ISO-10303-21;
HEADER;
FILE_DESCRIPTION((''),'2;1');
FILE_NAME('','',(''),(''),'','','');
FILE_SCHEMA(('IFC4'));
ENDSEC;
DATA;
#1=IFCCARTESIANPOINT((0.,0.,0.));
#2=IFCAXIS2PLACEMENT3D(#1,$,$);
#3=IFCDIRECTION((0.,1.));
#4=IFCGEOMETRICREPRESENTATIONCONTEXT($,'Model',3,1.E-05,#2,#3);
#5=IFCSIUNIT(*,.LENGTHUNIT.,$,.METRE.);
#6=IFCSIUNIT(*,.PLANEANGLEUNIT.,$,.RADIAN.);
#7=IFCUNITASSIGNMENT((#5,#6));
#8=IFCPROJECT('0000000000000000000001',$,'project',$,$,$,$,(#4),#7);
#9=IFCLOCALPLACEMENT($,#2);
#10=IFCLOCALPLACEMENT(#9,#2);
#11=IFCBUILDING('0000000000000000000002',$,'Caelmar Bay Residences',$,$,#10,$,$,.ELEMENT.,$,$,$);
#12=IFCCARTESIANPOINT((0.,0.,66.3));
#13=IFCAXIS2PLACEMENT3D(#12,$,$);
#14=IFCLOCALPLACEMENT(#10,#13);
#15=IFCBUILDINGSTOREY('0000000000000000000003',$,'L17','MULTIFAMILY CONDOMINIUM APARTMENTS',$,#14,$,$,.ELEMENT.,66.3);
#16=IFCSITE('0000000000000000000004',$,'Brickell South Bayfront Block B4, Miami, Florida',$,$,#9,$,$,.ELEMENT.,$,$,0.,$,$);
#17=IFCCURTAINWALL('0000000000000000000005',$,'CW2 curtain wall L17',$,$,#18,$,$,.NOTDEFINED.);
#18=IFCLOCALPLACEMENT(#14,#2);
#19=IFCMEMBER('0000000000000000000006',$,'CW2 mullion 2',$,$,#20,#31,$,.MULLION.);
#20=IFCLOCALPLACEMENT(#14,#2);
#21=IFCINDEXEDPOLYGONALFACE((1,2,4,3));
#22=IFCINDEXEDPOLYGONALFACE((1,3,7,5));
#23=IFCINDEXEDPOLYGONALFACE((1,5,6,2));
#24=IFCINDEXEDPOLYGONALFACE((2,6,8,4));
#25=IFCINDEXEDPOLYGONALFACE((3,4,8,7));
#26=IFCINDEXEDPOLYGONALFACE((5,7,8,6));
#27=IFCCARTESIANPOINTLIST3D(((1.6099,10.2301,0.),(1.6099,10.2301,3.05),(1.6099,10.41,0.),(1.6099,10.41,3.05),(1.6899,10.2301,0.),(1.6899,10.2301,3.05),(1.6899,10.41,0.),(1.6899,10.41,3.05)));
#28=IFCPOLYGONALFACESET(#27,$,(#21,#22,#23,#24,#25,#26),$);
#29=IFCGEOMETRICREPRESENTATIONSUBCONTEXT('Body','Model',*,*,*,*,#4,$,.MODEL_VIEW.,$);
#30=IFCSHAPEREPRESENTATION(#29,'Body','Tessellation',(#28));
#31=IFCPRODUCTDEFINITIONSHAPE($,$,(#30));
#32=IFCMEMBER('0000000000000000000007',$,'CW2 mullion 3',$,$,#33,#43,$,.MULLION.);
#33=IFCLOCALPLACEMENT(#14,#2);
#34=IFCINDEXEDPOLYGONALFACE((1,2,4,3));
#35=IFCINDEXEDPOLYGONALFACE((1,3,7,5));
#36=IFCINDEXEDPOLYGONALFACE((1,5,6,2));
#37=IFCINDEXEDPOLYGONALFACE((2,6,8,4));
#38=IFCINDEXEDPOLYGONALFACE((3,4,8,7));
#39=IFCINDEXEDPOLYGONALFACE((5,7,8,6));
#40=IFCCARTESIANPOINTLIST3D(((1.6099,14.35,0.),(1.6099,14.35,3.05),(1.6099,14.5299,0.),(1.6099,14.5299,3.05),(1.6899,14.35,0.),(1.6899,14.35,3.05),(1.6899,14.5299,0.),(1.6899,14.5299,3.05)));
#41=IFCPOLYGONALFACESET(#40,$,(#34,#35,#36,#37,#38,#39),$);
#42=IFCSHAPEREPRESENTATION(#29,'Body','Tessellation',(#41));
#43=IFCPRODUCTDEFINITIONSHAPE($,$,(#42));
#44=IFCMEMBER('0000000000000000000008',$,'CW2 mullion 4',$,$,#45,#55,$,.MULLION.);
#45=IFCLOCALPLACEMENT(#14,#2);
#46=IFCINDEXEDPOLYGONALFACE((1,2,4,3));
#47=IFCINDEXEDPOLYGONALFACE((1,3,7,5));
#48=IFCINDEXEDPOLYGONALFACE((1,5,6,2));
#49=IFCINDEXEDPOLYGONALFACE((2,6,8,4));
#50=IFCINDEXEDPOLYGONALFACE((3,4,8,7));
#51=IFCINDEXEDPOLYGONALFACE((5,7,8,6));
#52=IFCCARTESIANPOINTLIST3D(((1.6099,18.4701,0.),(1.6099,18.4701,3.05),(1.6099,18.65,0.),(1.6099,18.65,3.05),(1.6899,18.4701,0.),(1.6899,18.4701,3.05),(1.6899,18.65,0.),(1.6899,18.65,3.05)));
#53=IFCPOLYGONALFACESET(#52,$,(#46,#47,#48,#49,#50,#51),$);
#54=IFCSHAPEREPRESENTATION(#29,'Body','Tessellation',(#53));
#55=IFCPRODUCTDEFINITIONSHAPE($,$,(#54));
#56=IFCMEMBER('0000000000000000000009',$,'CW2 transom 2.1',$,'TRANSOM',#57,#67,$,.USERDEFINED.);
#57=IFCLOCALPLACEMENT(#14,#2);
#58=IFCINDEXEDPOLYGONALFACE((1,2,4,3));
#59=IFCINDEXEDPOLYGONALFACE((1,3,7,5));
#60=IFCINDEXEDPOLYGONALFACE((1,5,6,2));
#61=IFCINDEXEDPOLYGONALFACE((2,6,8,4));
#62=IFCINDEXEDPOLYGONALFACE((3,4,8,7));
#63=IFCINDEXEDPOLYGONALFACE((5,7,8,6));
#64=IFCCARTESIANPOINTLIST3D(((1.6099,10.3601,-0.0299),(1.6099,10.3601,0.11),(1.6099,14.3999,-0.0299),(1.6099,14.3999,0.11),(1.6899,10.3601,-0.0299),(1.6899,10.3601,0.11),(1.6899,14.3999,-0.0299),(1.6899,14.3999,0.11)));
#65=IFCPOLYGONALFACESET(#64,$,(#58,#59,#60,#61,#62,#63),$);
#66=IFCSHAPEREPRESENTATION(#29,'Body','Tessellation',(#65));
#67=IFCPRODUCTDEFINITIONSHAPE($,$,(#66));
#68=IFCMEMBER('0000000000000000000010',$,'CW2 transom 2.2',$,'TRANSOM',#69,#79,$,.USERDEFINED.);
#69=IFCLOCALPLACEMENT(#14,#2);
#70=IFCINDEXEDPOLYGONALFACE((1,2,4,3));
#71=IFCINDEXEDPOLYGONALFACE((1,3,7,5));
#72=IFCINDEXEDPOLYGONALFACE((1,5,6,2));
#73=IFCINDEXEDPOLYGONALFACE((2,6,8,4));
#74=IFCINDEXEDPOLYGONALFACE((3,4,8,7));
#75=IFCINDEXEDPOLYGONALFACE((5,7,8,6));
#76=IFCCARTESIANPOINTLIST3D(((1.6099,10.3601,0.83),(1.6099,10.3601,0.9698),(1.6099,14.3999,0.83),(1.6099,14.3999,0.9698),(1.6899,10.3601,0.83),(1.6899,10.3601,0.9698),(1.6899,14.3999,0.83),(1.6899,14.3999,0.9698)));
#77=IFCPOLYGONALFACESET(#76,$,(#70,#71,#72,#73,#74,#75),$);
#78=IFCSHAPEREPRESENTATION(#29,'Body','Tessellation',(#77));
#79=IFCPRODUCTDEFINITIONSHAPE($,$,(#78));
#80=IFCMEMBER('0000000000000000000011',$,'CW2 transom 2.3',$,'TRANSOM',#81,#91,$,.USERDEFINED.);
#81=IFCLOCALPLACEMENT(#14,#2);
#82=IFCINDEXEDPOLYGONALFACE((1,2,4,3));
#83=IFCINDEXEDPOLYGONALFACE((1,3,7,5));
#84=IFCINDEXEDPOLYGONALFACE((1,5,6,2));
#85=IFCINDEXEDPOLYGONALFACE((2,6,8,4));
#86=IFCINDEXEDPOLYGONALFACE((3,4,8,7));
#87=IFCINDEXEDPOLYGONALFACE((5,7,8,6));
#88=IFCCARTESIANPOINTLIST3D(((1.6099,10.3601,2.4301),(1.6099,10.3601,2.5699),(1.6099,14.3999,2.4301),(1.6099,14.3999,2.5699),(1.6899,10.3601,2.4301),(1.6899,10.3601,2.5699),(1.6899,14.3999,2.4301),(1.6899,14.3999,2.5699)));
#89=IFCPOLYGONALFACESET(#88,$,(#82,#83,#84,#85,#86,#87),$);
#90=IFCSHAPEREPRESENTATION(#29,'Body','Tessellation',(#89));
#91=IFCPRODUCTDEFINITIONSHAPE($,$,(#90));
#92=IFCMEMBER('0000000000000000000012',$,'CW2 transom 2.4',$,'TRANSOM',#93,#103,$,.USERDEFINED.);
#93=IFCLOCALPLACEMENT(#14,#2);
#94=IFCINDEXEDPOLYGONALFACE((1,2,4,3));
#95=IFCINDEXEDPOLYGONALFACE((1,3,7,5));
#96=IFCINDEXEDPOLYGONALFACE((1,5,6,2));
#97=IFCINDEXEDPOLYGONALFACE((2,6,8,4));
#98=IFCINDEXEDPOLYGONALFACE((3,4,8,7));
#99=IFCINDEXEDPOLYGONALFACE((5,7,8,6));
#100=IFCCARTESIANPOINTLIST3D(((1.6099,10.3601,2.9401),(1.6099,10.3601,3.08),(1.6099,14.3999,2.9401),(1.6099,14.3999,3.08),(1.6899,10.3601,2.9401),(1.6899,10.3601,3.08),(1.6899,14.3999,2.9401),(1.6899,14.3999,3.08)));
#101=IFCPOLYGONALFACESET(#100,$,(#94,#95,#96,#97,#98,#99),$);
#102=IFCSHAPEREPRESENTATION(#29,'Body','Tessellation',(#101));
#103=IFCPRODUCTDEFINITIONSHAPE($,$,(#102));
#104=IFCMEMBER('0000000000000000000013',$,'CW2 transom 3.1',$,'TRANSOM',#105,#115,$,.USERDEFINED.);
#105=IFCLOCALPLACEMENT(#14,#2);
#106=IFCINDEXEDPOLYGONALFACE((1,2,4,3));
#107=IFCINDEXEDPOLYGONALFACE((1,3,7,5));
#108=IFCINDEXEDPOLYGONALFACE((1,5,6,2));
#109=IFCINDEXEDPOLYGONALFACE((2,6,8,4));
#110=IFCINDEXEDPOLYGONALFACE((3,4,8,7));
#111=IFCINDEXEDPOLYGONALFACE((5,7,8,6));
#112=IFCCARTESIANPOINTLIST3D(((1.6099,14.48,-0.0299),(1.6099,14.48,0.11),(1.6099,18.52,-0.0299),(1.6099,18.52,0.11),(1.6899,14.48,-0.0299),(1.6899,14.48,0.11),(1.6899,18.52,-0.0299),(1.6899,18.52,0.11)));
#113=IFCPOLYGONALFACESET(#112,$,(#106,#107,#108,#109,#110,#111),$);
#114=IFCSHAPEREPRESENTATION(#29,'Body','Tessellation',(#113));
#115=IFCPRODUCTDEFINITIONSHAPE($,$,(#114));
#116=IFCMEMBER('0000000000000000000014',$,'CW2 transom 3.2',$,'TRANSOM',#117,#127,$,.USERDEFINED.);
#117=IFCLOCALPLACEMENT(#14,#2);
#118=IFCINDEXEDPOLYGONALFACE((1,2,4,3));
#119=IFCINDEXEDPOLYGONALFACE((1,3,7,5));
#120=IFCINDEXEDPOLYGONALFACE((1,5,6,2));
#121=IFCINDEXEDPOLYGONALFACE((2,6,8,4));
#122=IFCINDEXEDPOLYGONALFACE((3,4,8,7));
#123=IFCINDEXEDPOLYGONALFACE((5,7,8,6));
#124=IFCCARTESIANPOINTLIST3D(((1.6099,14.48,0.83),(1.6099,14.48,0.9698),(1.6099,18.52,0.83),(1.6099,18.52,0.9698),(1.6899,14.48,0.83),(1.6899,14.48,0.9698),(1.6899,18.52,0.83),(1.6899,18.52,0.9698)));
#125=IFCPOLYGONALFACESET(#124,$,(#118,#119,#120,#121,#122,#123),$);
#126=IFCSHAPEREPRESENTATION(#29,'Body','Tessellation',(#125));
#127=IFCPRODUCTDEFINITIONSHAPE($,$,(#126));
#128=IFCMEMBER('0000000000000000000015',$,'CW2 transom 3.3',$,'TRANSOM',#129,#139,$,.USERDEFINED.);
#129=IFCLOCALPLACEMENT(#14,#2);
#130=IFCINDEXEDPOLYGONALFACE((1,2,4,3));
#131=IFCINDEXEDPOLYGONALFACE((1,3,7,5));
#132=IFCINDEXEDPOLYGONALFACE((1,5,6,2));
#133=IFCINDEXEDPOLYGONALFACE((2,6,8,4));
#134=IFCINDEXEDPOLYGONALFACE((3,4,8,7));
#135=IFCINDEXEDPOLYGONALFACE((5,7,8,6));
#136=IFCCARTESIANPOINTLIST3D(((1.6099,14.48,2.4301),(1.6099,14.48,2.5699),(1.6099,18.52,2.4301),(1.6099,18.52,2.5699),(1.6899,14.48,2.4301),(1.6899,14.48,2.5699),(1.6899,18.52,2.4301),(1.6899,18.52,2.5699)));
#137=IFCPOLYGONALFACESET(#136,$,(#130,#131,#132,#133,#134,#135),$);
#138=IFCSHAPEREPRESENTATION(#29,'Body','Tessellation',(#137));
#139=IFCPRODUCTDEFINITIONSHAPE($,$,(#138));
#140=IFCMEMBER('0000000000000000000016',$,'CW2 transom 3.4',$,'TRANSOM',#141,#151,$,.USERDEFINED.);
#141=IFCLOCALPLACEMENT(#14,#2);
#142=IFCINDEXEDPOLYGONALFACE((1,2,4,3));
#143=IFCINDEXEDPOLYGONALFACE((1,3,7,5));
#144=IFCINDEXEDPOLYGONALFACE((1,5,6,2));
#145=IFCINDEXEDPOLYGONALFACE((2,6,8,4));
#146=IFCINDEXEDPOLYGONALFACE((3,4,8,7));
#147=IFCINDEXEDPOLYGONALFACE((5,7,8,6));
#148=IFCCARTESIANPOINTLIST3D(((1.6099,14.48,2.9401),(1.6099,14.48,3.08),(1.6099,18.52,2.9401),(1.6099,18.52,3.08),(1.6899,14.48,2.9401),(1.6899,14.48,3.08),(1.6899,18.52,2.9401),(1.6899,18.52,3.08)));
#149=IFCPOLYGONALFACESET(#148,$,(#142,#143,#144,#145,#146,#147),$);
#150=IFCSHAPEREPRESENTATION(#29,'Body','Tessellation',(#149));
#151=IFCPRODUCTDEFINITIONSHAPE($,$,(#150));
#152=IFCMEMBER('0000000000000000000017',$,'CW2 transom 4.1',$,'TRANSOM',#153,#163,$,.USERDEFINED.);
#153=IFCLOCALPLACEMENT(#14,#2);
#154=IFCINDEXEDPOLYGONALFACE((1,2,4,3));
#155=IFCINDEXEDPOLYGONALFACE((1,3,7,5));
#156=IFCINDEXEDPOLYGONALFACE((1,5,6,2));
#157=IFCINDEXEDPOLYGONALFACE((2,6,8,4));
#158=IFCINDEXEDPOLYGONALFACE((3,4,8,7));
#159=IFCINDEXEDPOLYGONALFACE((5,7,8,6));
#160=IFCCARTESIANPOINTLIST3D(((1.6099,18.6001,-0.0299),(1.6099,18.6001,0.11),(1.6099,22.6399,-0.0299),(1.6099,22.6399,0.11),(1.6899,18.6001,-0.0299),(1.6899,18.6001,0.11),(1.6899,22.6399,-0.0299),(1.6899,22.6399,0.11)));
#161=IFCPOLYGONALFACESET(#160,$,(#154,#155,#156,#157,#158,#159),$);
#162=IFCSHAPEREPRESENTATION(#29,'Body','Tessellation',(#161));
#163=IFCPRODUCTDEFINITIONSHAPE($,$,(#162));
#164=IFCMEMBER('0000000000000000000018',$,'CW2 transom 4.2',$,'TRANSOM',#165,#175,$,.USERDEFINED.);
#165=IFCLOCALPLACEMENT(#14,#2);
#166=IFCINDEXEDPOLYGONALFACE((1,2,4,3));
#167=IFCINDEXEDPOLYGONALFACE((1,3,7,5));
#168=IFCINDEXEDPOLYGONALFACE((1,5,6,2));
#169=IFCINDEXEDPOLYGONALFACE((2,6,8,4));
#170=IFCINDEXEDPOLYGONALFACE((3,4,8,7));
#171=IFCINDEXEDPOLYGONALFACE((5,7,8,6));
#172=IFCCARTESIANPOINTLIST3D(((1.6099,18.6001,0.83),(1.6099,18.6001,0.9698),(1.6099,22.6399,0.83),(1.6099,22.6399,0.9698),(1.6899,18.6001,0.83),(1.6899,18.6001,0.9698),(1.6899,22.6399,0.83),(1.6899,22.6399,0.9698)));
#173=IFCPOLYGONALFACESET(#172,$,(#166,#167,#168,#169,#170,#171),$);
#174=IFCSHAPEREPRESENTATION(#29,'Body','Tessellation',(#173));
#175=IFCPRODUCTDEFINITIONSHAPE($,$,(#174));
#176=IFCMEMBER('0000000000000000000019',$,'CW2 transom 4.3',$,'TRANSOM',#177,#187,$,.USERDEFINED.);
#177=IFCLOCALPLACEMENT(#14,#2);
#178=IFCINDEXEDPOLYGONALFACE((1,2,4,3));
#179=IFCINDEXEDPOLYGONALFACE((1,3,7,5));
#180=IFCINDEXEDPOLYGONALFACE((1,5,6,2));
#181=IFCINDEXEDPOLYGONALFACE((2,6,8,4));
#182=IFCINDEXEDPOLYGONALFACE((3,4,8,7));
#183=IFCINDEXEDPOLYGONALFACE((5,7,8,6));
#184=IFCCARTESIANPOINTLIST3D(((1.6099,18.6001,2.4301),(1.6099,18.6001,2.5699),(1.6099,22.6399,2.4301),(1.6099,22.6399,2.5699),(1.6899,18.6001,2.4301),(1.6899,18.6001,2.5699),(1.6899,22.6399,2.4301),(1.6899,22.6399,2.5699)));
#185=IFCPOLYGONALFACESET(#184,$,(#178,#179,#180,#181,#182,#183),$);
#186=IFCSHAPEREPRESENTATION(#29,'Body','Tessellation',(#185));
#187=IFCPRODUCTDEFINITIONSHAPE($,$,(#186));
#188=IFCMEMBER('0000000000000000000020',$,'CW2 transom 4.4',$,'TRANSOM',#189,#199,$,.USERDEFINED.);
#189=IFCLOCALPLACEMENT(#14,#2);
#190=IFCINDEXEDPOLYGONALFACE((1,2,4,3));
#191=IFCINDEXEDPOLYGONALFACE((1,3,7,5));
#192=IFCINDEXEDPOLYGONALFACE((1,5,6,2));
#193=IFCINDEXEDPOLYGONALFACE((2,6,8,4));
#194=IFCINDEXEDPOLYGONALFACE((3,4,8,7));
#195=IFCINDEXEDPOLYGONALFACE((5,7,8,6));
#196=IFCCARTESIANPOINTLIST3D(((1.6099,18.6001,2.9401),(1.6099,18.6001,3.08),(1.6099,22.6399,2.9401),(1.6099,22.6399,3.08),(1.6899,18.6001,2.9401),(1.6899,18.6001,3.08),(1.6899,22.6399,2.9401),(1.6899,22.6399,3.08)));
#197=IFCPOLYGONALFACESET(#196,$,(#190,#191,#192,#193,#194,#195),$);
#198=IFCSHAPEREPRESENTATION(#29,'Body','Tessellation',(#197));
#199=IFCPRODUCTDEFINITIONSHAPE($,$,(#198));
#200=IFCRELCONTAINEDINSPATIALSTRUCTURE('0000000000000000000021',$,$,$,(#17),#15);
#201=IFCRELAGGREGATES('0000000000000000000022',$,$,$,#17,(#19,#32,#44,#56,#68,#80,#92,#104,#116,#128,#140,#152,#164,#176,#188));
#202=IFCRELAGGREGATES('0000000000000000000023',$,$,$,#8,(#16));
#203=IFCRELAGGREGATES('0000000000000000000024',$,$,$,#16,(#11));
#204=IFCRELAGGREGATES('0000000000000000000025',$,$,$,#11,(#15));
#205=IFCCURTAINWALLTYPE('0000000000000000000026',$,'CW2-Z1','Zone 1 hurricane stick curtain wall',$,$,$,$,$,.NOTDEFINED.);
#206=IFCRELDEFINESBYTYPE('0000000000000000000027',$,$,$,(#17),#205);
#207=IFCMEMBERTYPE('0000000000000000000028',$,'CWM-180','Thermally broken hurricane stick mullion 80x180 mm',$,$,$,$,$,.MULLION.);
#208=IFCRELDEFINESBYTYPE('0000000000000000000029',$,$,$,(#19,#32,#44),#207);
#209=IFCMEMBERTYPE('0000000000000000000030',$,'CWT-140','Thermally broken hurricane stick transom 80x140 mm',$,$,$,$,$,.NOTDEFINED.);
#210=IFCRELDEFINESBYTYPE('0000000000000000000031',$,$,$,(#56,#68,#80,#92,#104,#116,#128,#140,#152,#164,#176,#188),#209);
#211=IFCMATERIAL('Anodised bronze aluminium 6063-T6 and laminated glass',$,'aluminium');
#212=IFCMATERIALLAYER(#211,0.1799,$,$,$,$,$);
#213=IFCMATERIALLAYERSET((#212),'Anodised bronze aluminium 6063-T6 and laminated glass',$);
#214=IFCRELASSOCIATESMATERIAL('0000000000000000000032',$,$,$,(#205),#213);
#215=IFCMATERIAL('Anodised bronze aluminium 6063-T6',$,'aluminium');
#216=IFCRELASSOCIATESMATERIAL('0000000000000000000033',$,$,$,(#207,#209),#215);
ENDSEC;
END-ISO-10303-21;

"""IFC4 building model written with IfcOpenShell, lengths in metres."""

from ifc_helpers import new_model, si_unit, direction, frame, origin, origin_2d, place, context, subcontext, project, spatial, rectangle, extrude, material, layer, layer_set, material_profile, profile_set, type_object, element, aggregate, save


model = new_model("IFC4")

# Units and contexts
model_context = context("Model", 3, precision=1e-05, world=origin(), true_north=direction((0.0, 1.0)))
body_context = subcontext(model_context, "Body", "Model", "MODEL_VIEW")
ifc_project = project(units=[si_unit("LENGTHUNIT", "METRE"), si_unit("PLANEANGLEUNIT", "RADIAN")], contexts=[model_context])

# Site, building, storey
site_placement = place(None, origin())
site = spatial("IfcSite", under=ifc_project, at=site_placement, Name="Brickell South Bayfront Block B4, Miami, Florida", CompositionType="ELEMENT", RefElevation=0.0)
building_placement = place(site_placement, origin())
building = spatial("IfcBuilding", under=site, at=building_placement, Name="Caelmar Bay Residences", CompositionType="ELEMENT")
storey_placement = place(building_placement, frame((0.0, 0.0, 66.3)))
storey = spatial("IfcBuildingStorey", under=building, at=storey_placement, Name="L17", Description="MULTIFAMILY CONDOMINIUM APARTMENTS", CompositionType="ELEMENT", Elevation=66.3)

# Curtain wall, members
ifc_material_1 = material(Name="Anodised bronze aluminium 6063-T6 and laminated glass", Category="aluminium")
ifc_layer_1 = layer(ifc_material_1, 0.1799)
ifc_layer_set_1 = layer_set([ifc_layer_1], Name="Anodised bronze aluminium 6063-T6 and laminated glass")
curtain_wall_type = type_object("IfcCurtainWallType", Name="CW2-Z1", Description="Zone 1 hurricane stick curtain wall", PredefinedType="NOTDEFINED", material=ifc_layer_set_1)
curtain_wall_placement = place(storey_placement, origin())
curtain_wall = element("IfcCurtainWall", 1, at=curtain_wall_placement, inside=storey, type_object=curtain_wall_type, Name="CW2 curtain wall L17", PredefinedType="NOTDEFINED")
ifc_material_2 = material(Name="Anodised bronze aluminium 6063-T6", Category="aluminium")
ifc_material_profile_1 = material_profile(ifc_material_2, rectangle(XDim=0.0801, YDim=0.1799, at=origin_2d()), Name="CWM-80X180")
ifc_profile_set_1 = profile_set([ifc_material_profile_1], Name="Anodised bronze aluminium 6063-T6")
member_type_1 = type_object("IfcMemberType", Name="CWM-180", Description="Thermally broken hurricane stick mullion 80x180 mm", PredefinedType="MULLION", material=ifc_profile_set_1)
member_1_placement = place(storey_placement, frame((1.6499, 10.3201, 0.0), z_axis=(0.0, 0.0, 1.0), x_axis=(-1.0, 0.0, 0.0)))
member_1 = element("IfcMember", 2, at=member_1_placement, type_object=member_type_1, Name="CW2 mullion 2", PredefinedType="MULLION", context=body_context, shape_type="SweptSolid", body=[
    extrude(rectangle(XDim=0.0801, YDim=0.1799, at=origin_2d()), origin(), (0.0, 0.0, 1.0), 3.05),
])
member_2_placement = place(storey_placement, frame((1.6499, 14.4399, 0.0), z_axis=(0.0, 0.0, 1.0), x_axis=(-1.0, 0.0, 0.0)))
member_2 = element("IfcMember", 3, at=member_2_placement, type_object=member_type_1, Name="CW2 mullion 3", PredefinedType="MULLION", context=body_context, shape_type="SweptSolid", body=[
    extrude(rectangle(XDim=0.0801, YDim=0.1799, at=origin_2d()), origin(), (0.0, 0.0, 1.0), 3.05),
])
member_3_placement = place(storey_placement, frame((1.6499, 18.5601, 0.0), z_axis=(0.0, 0.0, 1.0), x_axis=(-1.0, 0.0, 0.0)))
member_3 = element("IfcMember", 4, at=member_3_placement, type_object=member_type_1, Name="CW2 mullion 4", PredefinedType="MULLION", context=body_context, shape_type="SweptSolid", body=[
    extrude(rectangle(XDim=0.0801, YDim=0.1799, at=origin_2d()), origin(), (0.0, 0.0, 1.0), 3.05),
])
ifc_material_profile_2 = material_profile(ifc_material_2, rectangle(XDim=0.0801, YDim=0.1399, at=origin_2d()), Name="CWT-80X140")
ifc_profile_set_2 = profile_set([ifc_material_profile_2], Name="Anodised bronze aluminium 6063-T6")
member_type_2 = type_object("IfcMemberType", Name="CWT-140", Description="Thermally broken hurricane stick transom 80x140 mm", PredefinedType="NOTDEFINED", material=ifc_profile_set_2)
member_4_placement = place(storey_placement, frame((1.6499, 10.3601, 0.04), z_axis=(0.0, 1.0, 0.0), x_axis=(-1.0, 0.0, 0.0)))
member_4 = element("IfcMember", 5, at=member_4_placement, type_object=member_type_2, Name="CW2 transom 2.1", ObjectType="TRANSOM", PredefinedType="USERDEFINED", context=body_context, shape_type="SweptSolid", body=[
    extrude(rectangle(XDim=0.0801, YDim=0.1399, at=origin_2d()), origin(), (0.0, 0.0, 1.0), 4.0398),
])
member_5_placement = place(storey_placement, frame((1.6499, 10.3601, 0.8999), z_axis=(0.0, 1.0, 0.0), x_axis=(-1.0, 0.0, 0.0)))
member_5 = element("IfcMember", 6, at=member_5_placement, type_object=member_type_2, Name="CW2 transom 2.2", ObjectType="TRANSOM", PredefinedType="USERDEFINED", context=body_context, shape_type="SweptSolid", body=[
    extrude(rectangle(XDim=0.0801, YDim=0.1399, at=origin_2d()), origin(), (0.0, 0.0, 1.0), 4.0398),
])
member_6_placement = place(storey_placement, frame((1.6499, 10.3601, 2.5), z_axis=(0.0, 1.0, 0.0), x_axis=(-1.0, 0.0, 0.0)))
member_6 = element("IfcMember", 7, at=member_6_placement, type_object=member_type_2, Name="CW2 transom 2.3", ObjectType="TRANSOM", PredefinedType="USERDEFINED", context=body_context, shape_type="SweptSolid", body=[
    extrude(rectangle(XDim=0.0801, YDim=0.1399, at=origin_2d()), origin(), (0.0, 0.0, 1.0), 4.0398),
])
member_7_placement = place(storey_placement, frame((1.6499, 10.3601, 3.01), z_axis=(0.0, 1.0, 0.0), x_axis=(-1.0, 0.0, 0.0)))
member_7 = element("IfcMember", 8, at=member_7_placement, type_object=member_type_2, Name="CW2 transom 2.4", ObjectType="TRANSOM", PredefinedType="USERDEFINED", context=body_context, shape_type="SweptSolid", body=[
    extrude(rectangle(XDim=0.0801, YDim=0.1399, at=origin_2d()), origin(), (0.0, 0.0, 1.0), 4.0398),
])
member_8_placement = place(storey_placement, frame((1.6499, 14.48, 0.04), z_axis=(0.0, 1.0, 0.0), x_axis=(-1.0, 0.0, 0.0)))
member_8 = element("IfcMember", 9, at=member_8_placement, type_object=member_type_2, Name="CW2 transom 3.1", ObjectType="TRANSOM", PredefinedType="USERDEFINED", context=body_context, shape_type="SweptSolid", body=[
    extrude(rectangle(XDim=0.0801, YDim=0.1399, at=origin_2d()), origin(), (0.0, 0.0, 1.0), 4.04),
])
member_9_placement = place(storey_placement, frame((1.6499, 14.48, 0.8999), z_axis=(0.0, 1.0, 0.0), x_axis=(-1.0, 0.0, 0.0)))
member_9 = element("IfcMember", 10, at=member_9_placement, type_object=member_type_2, Name="CW2 transom 3.2", ObjectType="TRANSOM", PredefinedType="USERDEFINED", context=body_context, shape_type="SweptSolid", body=[
    extrude(rectangle(XDim=0.0801, YDim=0.1399, at=origin_2d()), origin(), (0.0, 0.0, 1.0), 4.04),
])
member_10_placement = place(storey_placement, frame((1.6499, 14.48, 2.5), z_axis=(0.0, 1.0, 0.0), x_axis=(-1.0, 0.0, 0.0)))
member_10 = element("IfcMember", 11, at=member_10_placement, type_object=member_type_2, Name="CW2 transom 3.3", ObjectType="TRANSOM", PredefinedType="USERDEFINED", context=body_context, shape_type="SweptSolid", body=[
    extrude(rectangle(XDim=0.0801, YDim=0.1399, at=origin_2d()), origin(), (0.0, 0.0, 1.0), 4.04),
])
member_11_placement = place(storey_placement, frame((1.6499, 14.48, 3.01), z_axis=(0.0, 1.0, 0.0), x_axis=(-1.0, 0.0, 0.0)))
member_11 = element("IfcMember", 12, at=member_11_placement, type_object=member_type_2, Name="CW2 transom 3.4", ObjectType="TRANSOM", PredefinedType="USERDEFINED", context=body_context, shape_type="SweptSolid", body=[
    extrude(rectangle(XDim=0.0801, YDim=0.1399, at=origin_2d()), origin(), (0.0, 0.0, 1.0), 4.04),
])
member_12_placement = place(storey_placement, frame((1.6499, 18.6001, 0.04), z_axis=(0.0, 1.0, 0.0), x_axis=(-1.0, 0.0, 0.0)))
member_12 = element("IfcMember", 13, at=member_12_placement, type_object=member_type_2, Name="CW2 transom 4.1", ObjectType="TRANSOM", PredefinedType="USERDEFINED", context=body_context, shape_type="SweptSolid", body=[
    extrude(rectangle(XDim=0.0801, YDim=0.1399, at=origin_2d()), origin(), (0.0, 0.0, 1.0), 4.0398),
])
member_13_placement = place(storey_placement, frame((1.6499, 18.6001, 0.8999), z_axis=(0.0, 1.0, 0.0), x_axis=(-1.0, 0.0, 0.0)))
member_13 = element("IfcMember", 14, at=member_13_placement, type_object=member_type_2, Name="CW2 transom 4.2", ObjectType="TRANSOM", PredefinedType="USERDEFINED", context=body_context, shape_type="SweptSolid", body=[
    extrude(rectangle(XDim=0.0801, YDim=0.1399, at=origin_2d()), origin(), (0.0, 0.0, 1.0), 4.0398),
])
member_14_placement = place(storey_placement, frame((1.6499, 18.6001, 2.5), z_axis=(0.0, 1.0, 0.0), x_axis=(-1.0, 0.0, 0.0)))
member_14 = element("IfcMember", 15, at=member_14_placement, type_object=member_type_2, Name="CW2 transom 4.3", ObjectType="TRANSOM", PredefinedType="USERDEFINED", context=body_context, shape_type="SweptSolid", body=[
    extrude(rectangle(XDim=0.0801, YDim=0.1399, at=origin_2d()), origin(), (0.0, 0.0, 1.0), 4.0398),
])
member_15_placement = place(storey_placement, frame((1.6499, 18.6001, 3.01), z_axis=(0.0, 1.0, 0.0), x_axis=(-1.0, 0.0, 0.0)))
member_15 = element("IfcMember", 16, at=member_15_placement, type_object=member_type_2, Name="CW2 transom 4.4", ObjectType="TRANSOM", PredefinedType="USERDEFINED", context=body_context, shape_type="SweptSolid", body=[
    extrude(rectangle(XDim=0.0801, YDim=0.1399, at=origin_2d()), origin(), (0.0, 0.0, 1.0), 4.0398),
])
aggregate(curtain_wall, [member_1, member_2, member_3, member_4, member_5, member_6, member_7, member_8, member_9, member_10, member_11, member_12, member_13, member_14, member_15])

save(model, "model.ifc")
